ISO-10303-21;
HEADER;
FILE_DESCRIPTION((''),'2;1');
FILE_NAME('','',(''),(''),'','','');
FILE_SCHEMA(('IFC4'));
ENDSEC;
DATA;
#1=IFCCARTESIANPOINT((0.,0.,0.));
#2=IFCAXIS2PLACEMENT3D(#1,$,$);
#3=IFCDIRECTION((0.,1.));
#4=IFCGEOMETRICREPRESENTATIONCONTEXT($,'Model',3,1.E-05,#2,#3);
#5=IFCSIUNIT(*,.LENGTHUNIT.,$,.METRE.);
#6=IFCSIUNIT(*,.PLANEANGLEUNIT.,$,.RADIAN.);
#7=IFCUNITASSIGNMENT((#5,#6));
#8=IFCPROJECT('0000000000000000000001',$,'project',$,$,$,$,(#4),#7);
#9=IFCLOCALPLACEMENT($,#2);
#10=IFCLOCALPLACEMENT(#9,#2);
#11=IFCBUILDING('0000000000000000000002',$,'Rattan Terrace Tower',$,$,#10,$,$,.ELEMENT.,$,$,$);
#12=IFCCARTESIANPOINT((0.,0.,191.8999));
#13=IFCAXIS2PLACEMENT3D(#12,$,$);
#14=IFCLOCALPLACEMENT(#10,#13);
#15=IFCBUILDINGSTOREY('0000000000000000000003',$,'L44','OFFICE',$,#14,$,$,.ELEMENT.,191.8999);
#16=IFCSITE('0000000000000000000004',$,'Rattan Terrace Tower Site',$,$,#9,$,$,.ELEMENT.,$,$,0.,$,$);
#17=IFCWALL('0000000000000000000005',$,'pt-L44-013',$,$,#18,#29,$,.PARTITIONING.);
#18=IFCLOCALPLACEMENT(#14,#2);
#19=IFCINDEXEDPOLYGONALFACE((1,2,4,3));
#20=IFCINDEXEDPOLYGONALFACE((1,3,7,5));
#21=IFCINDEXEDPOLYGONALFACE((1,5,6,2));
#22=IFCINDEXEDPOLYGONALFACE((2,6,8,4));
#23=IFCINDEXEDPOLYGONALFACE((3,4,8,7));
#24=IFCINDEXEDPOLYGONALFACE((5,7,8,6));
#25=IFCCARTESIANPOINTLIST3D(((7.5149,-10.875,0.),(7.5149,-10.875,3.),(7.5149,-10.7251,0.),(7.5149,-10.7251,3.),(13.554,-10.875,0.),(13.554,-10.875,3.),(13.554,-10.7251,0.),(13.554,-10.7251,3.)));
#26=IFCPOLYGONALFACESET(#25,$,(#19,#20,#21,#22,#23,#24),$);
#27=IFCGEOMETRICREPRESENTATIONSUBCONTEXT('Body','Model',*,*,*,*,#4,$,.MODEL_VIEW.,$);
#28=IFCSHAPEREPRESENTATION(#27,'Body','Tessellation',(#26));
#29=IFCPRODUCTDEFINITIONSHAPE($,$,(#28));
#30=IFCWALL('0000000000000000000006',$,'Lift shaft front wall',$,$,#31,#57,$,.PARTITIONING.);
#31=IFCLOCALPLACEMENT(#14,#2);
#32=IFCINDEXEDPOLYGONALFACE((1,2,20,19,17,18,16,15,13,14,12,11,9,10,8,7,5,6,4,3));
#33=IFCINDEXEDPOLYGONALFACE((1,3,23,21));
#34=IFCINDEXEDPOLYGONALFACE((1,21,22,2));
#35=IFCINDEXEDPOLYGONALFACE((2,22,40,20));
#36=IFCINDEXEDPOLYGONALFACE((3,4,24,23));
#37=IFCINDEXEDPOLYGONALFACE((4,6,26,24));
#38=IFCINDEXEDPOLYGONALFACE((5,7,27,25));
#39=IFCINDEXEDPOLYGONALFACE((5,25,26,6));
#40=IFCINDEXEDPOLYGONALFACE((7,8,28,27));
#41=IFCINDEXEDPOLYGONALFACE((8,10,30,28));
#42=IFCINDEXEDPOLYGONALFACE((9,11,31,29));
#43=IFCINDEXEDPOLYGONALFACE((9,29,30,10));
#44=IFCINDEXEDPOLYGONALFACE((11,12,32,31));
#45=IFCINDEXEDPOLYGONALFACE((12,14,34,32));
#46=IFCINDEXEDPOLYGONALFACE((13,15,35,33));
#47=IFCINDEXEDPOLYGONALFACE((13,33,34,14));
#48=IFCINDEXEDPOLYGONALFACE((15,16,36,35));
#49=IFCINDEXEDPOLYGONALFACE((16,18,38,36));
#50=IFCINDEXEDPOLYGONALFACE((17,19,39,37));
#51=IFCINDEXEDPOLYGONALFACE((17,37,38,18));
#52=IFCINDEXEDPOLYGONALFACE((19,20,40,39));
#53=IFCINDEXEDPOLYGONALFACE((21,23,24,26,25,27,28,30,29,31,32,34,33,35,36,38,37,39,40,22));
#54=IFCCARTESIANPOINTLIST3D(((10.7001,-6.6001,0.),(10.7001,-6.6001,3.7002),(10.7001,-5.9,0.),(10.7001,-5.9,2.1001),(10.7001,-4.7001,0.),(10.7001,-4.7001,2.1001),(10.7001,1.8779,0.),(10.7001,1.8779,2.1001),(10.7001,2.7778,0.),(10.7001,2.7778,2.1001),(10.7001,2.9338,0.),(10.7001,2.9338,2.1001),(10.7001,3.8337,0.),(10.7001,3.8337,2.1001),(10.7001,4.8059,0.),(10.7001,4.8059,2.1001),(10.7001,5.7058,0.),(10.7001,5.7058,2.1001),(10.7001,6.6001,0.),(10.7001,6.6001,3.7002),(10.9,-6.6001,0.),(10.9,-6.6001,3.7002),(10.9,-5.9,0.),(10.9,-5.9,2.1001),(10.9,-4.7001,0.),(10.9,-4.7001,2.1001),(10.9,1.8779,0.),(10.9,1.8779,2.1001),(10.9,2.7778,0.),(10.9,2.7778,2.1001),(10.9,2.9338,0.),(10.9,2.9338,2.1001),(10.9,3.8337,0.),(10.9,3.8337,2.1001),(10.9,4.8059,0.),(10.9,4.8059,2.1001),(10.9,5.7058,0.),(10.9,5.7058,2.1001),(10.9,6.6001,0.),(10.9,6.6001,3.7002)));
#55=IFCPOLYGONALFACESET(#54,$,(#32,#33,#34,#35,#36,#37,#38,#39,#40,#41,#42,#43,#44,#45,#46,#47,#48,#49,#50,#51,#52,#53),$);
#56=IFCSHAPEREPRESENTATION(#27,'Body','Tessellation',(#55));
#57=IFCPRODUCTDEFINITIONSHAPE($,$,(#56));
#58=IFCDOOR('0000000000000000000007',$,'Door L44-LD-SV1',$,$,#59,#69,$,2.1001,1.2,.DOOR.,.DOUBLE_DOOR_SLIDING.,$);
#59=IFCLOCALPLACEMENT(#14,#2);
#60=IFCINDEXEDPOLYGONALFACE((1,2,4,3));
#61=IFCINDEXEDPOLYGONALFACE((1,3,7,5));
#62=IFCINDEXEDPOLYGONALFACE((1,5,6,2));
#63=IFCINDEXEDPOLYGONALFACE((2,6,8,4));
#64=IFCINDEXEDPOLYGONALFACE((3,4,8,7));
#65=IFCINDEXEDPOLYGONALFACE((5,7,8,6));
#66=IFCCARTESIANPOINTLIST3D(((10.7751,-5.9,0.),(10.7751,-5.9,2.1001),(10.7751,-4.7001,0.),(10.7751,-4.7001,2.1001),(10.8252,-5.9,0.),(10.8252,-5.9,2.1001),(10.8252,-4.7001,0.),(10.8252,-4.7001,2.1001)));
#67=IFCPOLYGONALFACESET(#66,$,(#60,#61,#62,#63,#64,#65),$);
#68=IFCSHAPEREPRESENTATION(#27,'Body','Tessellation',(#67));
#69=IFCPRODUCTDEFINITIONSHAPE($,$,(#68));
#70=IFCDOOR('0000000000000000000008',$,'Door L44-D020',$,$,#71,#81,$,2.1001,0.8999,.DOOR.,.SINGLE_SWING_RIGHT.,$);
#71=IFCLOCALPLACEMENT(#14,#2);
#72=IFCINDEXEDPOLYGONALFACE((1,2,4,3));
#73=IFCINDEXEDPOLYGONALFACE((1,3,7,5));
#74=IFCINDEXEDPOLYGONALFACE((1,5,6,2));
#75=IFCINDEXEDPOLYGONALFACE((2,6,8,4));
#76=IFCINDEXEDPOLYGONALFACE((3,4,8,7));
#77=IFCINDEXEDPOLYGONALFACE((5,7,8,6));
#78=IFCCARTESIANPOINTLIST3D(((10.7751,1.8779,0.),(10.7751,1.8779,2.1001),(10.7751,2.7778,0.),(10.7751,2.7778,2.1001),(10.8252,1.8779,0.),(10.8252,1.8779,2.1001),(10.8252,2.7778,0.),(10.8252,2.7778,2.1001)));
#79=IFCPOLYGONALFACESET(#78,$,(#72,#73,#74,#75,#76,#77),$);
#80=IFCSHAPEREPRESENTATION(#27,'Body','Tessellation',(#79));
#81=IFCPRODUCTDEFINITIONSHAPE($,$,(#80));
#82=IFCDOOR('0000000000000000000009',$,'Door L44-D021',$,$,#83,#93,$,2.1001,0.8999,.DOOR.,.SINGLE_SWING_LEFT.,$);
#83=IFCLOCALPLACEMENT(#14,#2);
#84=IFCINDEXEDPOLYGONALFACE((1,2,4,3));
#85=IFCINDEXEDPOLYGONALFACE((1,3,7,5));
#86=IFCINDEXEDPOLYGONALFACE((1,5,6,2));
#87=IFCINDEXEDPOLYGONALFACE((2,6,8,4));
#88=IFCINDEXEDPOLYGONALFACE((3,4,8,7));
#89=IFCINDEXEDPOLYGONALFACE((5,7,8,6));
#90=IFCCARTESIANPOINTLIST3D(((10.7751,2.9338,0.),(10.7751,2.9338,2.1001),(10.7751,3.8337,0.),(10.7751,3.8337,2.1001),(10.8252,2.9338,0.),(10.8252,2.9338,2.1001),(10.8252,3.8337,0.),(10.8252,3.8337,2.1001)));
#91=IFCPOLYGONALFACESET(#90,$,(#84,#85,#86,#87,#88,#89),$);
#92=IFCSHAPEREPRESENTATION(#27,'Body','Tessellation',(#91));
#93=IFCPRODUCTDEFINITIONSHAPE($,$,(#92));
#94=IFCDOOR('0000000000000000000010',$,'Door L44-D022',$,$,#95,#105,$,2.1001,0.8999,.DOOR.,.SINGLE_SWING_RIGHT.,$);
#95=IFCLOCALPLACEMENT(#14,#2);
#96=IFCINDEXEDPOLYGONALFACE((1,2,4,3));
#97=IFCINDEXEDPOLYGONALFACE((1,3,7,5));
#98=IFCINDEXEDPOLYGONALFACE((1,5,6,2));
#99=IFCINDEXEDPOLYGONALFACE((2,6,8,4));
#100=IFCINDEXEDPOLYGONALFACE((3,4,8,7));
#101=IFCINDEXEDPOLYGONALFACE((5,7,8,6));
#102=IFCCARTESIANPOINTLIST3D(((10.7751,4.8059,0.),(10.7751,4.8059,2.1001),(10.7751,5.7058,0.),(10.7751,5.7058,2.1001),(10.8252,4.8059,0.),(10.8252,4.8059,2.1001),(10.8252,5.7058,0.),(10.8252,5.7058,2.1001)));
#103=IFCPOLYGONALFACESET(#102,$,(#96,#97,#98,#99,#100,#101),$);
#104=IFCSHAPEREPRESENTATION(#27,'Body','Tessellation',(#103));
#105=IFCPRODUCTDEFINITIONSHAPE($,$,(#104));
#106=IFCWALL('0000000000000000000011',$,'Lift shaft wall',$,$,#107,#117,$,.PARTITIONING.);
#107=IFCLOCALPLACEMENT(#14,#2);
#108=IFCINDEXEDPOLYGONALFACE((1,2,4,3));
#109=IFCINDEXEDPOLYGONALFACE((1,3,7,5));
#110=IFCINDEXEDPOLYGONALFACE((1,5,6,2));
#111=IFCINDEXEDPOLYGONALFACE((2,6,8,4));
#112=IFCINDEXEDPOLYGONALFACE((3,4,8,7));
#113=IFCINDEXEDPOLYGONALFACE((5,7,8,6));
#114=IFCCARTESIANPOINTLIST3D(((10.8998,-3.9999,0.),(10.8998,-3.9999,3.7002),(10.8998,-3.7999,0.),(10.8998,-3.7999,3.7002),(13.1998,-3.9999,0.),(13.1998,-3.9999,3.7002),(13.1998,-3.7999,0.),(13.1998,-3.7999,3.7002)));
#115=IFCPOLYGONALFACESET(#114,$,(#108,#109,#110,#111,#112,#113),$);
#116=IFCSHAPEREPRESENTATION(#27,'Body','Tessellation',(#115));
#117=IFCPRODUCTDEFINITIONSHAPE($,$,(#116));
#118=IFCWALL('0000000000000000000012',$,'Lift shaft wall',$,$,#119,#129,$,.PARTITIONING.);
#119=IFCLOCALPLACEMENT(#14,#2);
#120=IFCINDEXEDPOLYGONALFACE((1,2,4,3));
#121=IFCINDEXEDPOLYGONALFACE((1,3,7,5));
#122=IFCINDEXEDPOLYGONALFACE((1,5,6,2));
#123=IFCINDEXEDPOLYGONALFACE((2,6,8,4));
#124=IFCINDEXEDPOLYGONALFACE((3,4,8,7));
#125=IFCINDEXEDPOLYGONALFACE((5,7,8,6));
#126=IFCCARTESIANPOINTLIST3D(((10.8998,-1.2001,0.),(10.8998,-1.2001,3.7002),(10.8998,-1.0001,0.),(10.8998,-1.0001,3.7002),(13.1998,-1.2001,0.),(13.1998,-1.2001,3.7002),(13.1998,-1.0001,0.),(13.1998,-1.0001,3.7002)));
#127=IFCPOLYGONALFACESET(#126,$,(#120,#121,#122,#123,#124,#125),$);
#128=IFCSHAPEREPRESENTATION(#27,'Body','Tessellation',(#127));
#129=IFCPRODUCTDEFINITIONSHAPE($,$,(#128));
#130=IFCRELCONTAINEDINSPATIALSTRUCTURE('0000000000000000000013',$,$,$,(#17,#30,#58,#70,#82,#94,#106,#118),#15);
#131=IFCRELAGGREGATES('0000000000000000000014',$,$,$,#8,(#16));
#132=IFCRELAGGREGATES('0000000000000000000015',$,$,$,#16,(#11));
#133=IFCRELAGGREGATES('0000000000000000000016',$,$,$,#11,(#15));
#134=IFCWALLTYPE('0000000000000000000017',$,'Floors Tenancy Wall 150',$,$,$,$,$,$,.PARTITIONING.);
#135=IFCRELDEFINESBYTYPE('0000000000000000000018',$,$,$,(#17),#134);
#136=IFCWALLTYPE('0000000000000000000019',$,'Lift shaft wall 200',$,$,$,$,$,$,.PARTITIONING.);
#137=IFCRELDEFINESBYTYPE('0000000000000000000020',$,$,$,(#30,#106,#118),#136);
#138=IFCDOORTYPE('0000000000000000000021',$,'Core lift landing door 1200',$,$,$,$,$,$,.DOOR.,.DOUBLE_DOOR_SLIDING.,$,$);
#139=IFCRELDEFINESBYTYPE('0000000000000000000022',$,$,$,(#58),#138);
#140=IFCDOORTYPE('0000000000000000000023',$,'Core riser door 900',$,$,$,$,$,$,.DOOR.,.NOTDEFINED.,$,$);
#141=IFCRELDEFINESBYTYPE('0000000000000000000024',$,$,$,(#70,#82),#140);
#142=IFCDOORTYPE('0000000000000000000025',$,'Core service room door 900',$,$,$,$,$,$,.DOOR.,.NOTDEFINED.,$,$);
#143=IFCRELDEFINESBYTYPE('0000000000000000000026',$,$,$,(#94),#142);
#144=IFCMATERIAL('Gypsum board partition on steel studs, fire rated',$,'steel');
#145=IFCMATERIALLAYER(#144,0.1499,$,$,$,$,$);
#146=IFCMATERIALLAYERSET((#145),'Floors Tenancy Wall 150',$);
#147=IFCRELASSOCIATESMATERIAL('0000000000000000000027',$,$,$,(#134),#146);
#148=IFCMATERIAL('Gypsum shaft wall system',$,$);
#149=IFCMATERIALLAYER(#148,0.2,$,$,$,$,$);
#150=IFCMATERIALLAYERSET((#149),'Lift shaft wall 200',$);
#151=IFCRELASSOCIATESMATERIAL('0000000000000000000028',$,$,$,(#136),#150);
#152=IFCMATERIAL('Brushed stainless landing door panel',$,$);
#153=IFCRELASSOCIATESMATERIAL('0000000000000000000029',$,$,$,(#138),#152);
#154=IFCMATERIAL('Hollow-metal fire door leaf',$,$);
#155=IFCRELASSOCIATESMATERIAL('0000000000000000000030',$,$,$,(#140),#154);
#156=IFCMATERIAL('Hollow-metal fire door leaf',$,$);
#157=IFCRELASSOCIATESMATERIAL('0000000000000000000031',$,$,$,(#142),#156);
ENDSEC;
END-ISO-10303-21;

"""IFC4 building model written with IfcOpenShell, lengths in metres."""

from ifc_helpers import new_model, si_unit, direction, frame, frame_2d, origin, place, context, subcontext, project, spatial, rectangle, extrude, material, layer, layer_set, type_object, element, fill, save


model = new_model("IFC4")

# Units and contexts
model_context = context("Model", 3, precision=1e-05, world=origin(), true_north=direction((0.0, 1.0)))
body_context = subcontext(model_context, "Body", "Model", "MODEL_VIEW")
ifc_project = project(units=[si_unit("LENGTHUNIT", "METRE"), si_unit("PLANEANGLEUNIT", "RADIAN")], contexts=[model_context])

# Site, building, storey
site_placement = place(None, origin())
site = spatial("IfcSite", under=ifc_project, at=site_placement, Name="Rattan Terrace Tower Site", CompositionType="ELEMENT", RefElevation=0.0)
building_placement = place(site_placement, origin())
building = spatial("IfcBuilding", under=site, at=building_placement, Name="Rattan Terrace Tower", CompositionType="ELEMENT")
storey_placement = place(building_placement, frame((0.0, 0.0, 191.8999)))
storey = spatial("IfcBuildingStorey", under=building, at=storey_placement, Name="L44", Description="OFFICE", CompositionType="ELEMENT", Elevation=191.8999)

# Wall
ifc_material_1 = material(Name="Gypsum board partition on steel studs, fire rated", Category="steel")
ifc_layer_1 = layer(ifc_material_1, 0.1499)
ifc_layer_set_1 = layer_set([ifc_layer_1], Name="Floors Tenancy Wall 150")
wall_type_1 = type_object("IfcWallType", Name="Floors Tenancy Wall 150", PredefinedType="PARTITIONING", material=ifc_layer_set_1)
wall_1_placement = place(storey_placement, frame((13.554, -10.8, 0.0), z_axis=(0.0, 0.0, 1.0), x_axis=(-1.0, 0.0, 0.0)))
element("IfcWall", 1, at=wall_1_placement, inside=storey, type_object=wall_type_1, Name="pt-L44-013", PredefinedType="PARTITIONING", context=body_context, shape_type="SweptSolid", body=[
    extrude(rectangle(XDim=6.0391, YDim=0.1499, at=frame_2d((3.0195, 0.0))), origin(), (0.0, 0.0, 1.0), 3.0),
])

# Wall, openings, doors
ifc_material_2 = material(Name="Gypsum shaft wall system")
ifc_layer_2 = layer(ifc_material_2, 0.2)
ifc_layer_set_2 = layer_set([ifc_layer_2], Name="Lift shaft wall 200")
wall_type_2 = type_object("IfcWallType", Name="Lift shaft wall 200", PredefinedType="PARTITIONING", material=ifc_layer_set_2)
wall_2_placement = place(storey_placement, frame((10.8, -6.6001, 0.0), z_axis=(0.0, 0.0, 1.0), x_axis=(0.0, 1.0, 0.0)))
wall_2 = element("IfcWall", 2, at=wall_2_placement, inside=storey, type_object=wall_type_2, Name="Lift shaft front wall", PredefinedType="PARTITIONING", context=body_context, shape_type="SweptSolid", body=[
    extrude(rectangle(XDim=13.2002, YDim=0.2, at=frame_2d((6.6001, 0.0))), origin(), (0.0, 0.0, 1.0), 3.7002),
])
opening_1_placement = place(wall_2_placement, frame((0.7, 0.0, 0.0)))
opening_1 = element("IfcOpeningElement", 3, at=opening_1_placement, cuts=wall_2, PredefinedType="OPENING", context=body_context, shape_type="SweptSolid", body=[
    extrude(rectangle(XDim=1.2, YDim=2.1001, at=frame_2d((0.6001, 1.05))), frame((0.0, 0.1106, 0.0), z_axis=(0.0, -1.0, 0.0), x_axis=(1.0, 0.0, 0.0)), (0.0, 0.0, 1.0), 0.2209),
])
opening_2_placement = place(wall_2_placement, frame((8.478, 0.0, 0.0)))
opening_2 = element("IfcOpeningElement", 4, at=opening_2_placement, cuts=wall_2, PredefinedType="OPENING", context=body_context, shape_type="SweptSolid", body=[
    extrude(rectangle(XDim=0.8999, YDim=2.1001, at=frame_2d((0.45, 1.05))), frame((0.0, 0.1106, 0.0), z_axis=(0.0, -1.0, 0.0), x_axis=(1.0, 0.0, 0.0)), (0.0, 0.0, 1.0), 0.2209),
])
opening_3_placement = place(wall_2_placement, frame((9.5339, 0.0, 0.0)))
opening_3 = element("IfcOpeningElement", 5, at=opening_3_placement, cuts=wall_2, PredefinedType="OPENING", context=body_context, shape_type="SweptSolid", body=[
    extrude(rectangle(XDim=0.8999, YDim=2.1001, at=frame_2d((0.45, 1.05))), frame((0.0, 0.1106, 0.0), z_axis=(0.0, -1.0, 0.0), x_axis=(1.0, 0.0, 0.0)), (0.0, 0.0, 1.0), 0.2209),
])
opening_4_placement = place(wall_2_placement, frame((11.406, 0.0, 0.0)))
opening_4 = element("IfcOpeningElement", 6, at=opening_4_placement, cuts=wall_2, PredefinedType="OPENING", context=body_context, shape_type="SweptSolid", body=[
    extrude(rectangle(XDim=0.8999, YDim=2.1001, at=frame_2d((0.45, 1.05))), frame((0.0, 0.1106, 0.0), z_axis=(0.0, -1.0, 0.0), x_axis=(1.0, 0.0, 0.0)), (0.0, 0.0, 1.0), 0.2209),
])
ifc_material_3 = material(Name="Brushed stainless landing door panel")
door_type_1 = type_object("IfcDoorType", Name="Core lift landing door 1200", OperationType="DOUBLE_DOOR_SLIDING", PredefinedType="DOOR", material=ifc_material_3)
door_1_placement = place(opening_1_placement, origin())
door_1 = element("IfcDoor", 7, at=door_1_placement, inside=storey, type_object=door_type_1, Name="Door L44-LD-SV1", OperationType="DOUBLE_DOOR_SLIDING", OverallHeight=2.1001, OverallWidth=1.2, PredefinedType="DOOR", context=body_context, shape_type="SweptSolid", body=[
    extrude(rectangle(XDim=1.2, YDim=2.1001, at=frame_2d((0.6001, 1.05))), frame((0.0, 0.0249, 0.0), z_axis=(0.0, -1.0, 0.0), x_axis=(1.0, 0.0, 0.0)), (0.0, 0.0, 1.0), 0.05),
])
fill(opening_1, door_1)
ifc_material_4 = material(Name="Hollow-metal fire door leaf")
door_type_2 = type_object("IfcDoorType", Name="Core riser door 900", OperationType="NOTDEFINED", PredefinedType="DOOR", material=ifc_material_4)
door_2_placement = place(opening_2_placement, origin())
door_2 = element("IfcDoor", 8, at=door_2_placement, inside=storey, type_object=door_type_2, Name="Door L44-D020", OperationType="SINGLE_SWING_RIGHT", OverallHeight=2.1001, OverallWidth=0.8999, PredefinedType="DOOR", context=body_context, shape_type="SweptSolid", body=[
    extrude(rectangle(XDim=0.8999, YDim=2.1001, at=frame_2d((0.45, 1.05))), frame((0.0, 0.0249, 0.0), z_axis=(0.0, -1.0, 0.0), x_axis=(1.0, 0.0, 0.0)), (0.0, 0.0, 1.0), 0.05),
])
fill(opening_2, door_2)
door_3_placement = place(opening_3_placement, origin())
door_3 = element("IfcDoor", 9, at=door_3_placement, inside=storey, type_object=door_type_2, Name="Door L44-D021", OperationType="SINGLE_SWING_LEFT", OverallHeight=2.1001, OverallWidth=0.8999, PredefinedType="DOOR", context=body_context, shape_type="SweptSolid", body=[
    extrude(rectangle(XDim=0.8999, YDim=2.1001, at=frame_2d((0.45, 1.05))), frame((0.0, 0.0249, 0.0), z_axis=(0.0, -1.0, 0.0), x_axis=(1.0, 0.0, 0.0)), (0.0, 0.0, 1.0), 0.05),
])
fill(opening_3, door_3)
ifc_material_5 = material(Name="Hollow-metal fire door leaf")
door_type_3 = type_object("IfcDoorType", Name="Core service room door 900", OperationType="NOTDEFINED", PredefinedType="DOOR", material=ifc_material_5)
door_4_placement = place(opening_4_placement, origin())
door_4 = element("IfcDoor", 10, at=door_4_placement, inside=storey, type_object=door_type_3, Name="Door L44-D022", OperationType="SINGLE_SWING_RIGHT", OverallHeight=2.1001, OverallWidth=0.8999, PredefinedType="DOOR", context=body_context, shape_type="SweptSolid", body=[
    extrude(rectangle(XDim=0.8999, YDim=2.1001, at=frame_2d((0.45, 1.05))), frame((0.0, 0.0249, 0.0), z_axis=(0.0, -1.0, 0.0), x_axis=(1.0, 0.0, 0.0)), (0.0, 0.0, 1.0), 0.05),
])
fill(opening_4, door_4)

# Walls
for number, where, z_axis, x_axis, name in (
    (11, (10.8999, -3.8999, 0.0), (0.0, 0.0, 1.0), (1.0, 0.0, 0.0), "Lift shaft wall"),
    (12, (10.8999, -1.1001, 0.0), (0.0, 0.0, 1.0), (1.0, 0.0, 0.0), "Lift shaft wall"),
):
    element("IfcWall", number, at=place(storey_placement, frame(where, z_axis=z_axis, x_axis=x_axis)), inside=storey, type_object=wall_type_2, Name=name, PredefinedType="PARTITIONING", context=body_context, shape_type="SweptSolid", body=[
        extrude(rectangle(XDim=2.3, YDim=0.2, at=frame_2d((1.1499, 0.0))), origin(), (0.0, 0.0, 1.0), 3.7002),
    ])

save(model, "model.ifc")
